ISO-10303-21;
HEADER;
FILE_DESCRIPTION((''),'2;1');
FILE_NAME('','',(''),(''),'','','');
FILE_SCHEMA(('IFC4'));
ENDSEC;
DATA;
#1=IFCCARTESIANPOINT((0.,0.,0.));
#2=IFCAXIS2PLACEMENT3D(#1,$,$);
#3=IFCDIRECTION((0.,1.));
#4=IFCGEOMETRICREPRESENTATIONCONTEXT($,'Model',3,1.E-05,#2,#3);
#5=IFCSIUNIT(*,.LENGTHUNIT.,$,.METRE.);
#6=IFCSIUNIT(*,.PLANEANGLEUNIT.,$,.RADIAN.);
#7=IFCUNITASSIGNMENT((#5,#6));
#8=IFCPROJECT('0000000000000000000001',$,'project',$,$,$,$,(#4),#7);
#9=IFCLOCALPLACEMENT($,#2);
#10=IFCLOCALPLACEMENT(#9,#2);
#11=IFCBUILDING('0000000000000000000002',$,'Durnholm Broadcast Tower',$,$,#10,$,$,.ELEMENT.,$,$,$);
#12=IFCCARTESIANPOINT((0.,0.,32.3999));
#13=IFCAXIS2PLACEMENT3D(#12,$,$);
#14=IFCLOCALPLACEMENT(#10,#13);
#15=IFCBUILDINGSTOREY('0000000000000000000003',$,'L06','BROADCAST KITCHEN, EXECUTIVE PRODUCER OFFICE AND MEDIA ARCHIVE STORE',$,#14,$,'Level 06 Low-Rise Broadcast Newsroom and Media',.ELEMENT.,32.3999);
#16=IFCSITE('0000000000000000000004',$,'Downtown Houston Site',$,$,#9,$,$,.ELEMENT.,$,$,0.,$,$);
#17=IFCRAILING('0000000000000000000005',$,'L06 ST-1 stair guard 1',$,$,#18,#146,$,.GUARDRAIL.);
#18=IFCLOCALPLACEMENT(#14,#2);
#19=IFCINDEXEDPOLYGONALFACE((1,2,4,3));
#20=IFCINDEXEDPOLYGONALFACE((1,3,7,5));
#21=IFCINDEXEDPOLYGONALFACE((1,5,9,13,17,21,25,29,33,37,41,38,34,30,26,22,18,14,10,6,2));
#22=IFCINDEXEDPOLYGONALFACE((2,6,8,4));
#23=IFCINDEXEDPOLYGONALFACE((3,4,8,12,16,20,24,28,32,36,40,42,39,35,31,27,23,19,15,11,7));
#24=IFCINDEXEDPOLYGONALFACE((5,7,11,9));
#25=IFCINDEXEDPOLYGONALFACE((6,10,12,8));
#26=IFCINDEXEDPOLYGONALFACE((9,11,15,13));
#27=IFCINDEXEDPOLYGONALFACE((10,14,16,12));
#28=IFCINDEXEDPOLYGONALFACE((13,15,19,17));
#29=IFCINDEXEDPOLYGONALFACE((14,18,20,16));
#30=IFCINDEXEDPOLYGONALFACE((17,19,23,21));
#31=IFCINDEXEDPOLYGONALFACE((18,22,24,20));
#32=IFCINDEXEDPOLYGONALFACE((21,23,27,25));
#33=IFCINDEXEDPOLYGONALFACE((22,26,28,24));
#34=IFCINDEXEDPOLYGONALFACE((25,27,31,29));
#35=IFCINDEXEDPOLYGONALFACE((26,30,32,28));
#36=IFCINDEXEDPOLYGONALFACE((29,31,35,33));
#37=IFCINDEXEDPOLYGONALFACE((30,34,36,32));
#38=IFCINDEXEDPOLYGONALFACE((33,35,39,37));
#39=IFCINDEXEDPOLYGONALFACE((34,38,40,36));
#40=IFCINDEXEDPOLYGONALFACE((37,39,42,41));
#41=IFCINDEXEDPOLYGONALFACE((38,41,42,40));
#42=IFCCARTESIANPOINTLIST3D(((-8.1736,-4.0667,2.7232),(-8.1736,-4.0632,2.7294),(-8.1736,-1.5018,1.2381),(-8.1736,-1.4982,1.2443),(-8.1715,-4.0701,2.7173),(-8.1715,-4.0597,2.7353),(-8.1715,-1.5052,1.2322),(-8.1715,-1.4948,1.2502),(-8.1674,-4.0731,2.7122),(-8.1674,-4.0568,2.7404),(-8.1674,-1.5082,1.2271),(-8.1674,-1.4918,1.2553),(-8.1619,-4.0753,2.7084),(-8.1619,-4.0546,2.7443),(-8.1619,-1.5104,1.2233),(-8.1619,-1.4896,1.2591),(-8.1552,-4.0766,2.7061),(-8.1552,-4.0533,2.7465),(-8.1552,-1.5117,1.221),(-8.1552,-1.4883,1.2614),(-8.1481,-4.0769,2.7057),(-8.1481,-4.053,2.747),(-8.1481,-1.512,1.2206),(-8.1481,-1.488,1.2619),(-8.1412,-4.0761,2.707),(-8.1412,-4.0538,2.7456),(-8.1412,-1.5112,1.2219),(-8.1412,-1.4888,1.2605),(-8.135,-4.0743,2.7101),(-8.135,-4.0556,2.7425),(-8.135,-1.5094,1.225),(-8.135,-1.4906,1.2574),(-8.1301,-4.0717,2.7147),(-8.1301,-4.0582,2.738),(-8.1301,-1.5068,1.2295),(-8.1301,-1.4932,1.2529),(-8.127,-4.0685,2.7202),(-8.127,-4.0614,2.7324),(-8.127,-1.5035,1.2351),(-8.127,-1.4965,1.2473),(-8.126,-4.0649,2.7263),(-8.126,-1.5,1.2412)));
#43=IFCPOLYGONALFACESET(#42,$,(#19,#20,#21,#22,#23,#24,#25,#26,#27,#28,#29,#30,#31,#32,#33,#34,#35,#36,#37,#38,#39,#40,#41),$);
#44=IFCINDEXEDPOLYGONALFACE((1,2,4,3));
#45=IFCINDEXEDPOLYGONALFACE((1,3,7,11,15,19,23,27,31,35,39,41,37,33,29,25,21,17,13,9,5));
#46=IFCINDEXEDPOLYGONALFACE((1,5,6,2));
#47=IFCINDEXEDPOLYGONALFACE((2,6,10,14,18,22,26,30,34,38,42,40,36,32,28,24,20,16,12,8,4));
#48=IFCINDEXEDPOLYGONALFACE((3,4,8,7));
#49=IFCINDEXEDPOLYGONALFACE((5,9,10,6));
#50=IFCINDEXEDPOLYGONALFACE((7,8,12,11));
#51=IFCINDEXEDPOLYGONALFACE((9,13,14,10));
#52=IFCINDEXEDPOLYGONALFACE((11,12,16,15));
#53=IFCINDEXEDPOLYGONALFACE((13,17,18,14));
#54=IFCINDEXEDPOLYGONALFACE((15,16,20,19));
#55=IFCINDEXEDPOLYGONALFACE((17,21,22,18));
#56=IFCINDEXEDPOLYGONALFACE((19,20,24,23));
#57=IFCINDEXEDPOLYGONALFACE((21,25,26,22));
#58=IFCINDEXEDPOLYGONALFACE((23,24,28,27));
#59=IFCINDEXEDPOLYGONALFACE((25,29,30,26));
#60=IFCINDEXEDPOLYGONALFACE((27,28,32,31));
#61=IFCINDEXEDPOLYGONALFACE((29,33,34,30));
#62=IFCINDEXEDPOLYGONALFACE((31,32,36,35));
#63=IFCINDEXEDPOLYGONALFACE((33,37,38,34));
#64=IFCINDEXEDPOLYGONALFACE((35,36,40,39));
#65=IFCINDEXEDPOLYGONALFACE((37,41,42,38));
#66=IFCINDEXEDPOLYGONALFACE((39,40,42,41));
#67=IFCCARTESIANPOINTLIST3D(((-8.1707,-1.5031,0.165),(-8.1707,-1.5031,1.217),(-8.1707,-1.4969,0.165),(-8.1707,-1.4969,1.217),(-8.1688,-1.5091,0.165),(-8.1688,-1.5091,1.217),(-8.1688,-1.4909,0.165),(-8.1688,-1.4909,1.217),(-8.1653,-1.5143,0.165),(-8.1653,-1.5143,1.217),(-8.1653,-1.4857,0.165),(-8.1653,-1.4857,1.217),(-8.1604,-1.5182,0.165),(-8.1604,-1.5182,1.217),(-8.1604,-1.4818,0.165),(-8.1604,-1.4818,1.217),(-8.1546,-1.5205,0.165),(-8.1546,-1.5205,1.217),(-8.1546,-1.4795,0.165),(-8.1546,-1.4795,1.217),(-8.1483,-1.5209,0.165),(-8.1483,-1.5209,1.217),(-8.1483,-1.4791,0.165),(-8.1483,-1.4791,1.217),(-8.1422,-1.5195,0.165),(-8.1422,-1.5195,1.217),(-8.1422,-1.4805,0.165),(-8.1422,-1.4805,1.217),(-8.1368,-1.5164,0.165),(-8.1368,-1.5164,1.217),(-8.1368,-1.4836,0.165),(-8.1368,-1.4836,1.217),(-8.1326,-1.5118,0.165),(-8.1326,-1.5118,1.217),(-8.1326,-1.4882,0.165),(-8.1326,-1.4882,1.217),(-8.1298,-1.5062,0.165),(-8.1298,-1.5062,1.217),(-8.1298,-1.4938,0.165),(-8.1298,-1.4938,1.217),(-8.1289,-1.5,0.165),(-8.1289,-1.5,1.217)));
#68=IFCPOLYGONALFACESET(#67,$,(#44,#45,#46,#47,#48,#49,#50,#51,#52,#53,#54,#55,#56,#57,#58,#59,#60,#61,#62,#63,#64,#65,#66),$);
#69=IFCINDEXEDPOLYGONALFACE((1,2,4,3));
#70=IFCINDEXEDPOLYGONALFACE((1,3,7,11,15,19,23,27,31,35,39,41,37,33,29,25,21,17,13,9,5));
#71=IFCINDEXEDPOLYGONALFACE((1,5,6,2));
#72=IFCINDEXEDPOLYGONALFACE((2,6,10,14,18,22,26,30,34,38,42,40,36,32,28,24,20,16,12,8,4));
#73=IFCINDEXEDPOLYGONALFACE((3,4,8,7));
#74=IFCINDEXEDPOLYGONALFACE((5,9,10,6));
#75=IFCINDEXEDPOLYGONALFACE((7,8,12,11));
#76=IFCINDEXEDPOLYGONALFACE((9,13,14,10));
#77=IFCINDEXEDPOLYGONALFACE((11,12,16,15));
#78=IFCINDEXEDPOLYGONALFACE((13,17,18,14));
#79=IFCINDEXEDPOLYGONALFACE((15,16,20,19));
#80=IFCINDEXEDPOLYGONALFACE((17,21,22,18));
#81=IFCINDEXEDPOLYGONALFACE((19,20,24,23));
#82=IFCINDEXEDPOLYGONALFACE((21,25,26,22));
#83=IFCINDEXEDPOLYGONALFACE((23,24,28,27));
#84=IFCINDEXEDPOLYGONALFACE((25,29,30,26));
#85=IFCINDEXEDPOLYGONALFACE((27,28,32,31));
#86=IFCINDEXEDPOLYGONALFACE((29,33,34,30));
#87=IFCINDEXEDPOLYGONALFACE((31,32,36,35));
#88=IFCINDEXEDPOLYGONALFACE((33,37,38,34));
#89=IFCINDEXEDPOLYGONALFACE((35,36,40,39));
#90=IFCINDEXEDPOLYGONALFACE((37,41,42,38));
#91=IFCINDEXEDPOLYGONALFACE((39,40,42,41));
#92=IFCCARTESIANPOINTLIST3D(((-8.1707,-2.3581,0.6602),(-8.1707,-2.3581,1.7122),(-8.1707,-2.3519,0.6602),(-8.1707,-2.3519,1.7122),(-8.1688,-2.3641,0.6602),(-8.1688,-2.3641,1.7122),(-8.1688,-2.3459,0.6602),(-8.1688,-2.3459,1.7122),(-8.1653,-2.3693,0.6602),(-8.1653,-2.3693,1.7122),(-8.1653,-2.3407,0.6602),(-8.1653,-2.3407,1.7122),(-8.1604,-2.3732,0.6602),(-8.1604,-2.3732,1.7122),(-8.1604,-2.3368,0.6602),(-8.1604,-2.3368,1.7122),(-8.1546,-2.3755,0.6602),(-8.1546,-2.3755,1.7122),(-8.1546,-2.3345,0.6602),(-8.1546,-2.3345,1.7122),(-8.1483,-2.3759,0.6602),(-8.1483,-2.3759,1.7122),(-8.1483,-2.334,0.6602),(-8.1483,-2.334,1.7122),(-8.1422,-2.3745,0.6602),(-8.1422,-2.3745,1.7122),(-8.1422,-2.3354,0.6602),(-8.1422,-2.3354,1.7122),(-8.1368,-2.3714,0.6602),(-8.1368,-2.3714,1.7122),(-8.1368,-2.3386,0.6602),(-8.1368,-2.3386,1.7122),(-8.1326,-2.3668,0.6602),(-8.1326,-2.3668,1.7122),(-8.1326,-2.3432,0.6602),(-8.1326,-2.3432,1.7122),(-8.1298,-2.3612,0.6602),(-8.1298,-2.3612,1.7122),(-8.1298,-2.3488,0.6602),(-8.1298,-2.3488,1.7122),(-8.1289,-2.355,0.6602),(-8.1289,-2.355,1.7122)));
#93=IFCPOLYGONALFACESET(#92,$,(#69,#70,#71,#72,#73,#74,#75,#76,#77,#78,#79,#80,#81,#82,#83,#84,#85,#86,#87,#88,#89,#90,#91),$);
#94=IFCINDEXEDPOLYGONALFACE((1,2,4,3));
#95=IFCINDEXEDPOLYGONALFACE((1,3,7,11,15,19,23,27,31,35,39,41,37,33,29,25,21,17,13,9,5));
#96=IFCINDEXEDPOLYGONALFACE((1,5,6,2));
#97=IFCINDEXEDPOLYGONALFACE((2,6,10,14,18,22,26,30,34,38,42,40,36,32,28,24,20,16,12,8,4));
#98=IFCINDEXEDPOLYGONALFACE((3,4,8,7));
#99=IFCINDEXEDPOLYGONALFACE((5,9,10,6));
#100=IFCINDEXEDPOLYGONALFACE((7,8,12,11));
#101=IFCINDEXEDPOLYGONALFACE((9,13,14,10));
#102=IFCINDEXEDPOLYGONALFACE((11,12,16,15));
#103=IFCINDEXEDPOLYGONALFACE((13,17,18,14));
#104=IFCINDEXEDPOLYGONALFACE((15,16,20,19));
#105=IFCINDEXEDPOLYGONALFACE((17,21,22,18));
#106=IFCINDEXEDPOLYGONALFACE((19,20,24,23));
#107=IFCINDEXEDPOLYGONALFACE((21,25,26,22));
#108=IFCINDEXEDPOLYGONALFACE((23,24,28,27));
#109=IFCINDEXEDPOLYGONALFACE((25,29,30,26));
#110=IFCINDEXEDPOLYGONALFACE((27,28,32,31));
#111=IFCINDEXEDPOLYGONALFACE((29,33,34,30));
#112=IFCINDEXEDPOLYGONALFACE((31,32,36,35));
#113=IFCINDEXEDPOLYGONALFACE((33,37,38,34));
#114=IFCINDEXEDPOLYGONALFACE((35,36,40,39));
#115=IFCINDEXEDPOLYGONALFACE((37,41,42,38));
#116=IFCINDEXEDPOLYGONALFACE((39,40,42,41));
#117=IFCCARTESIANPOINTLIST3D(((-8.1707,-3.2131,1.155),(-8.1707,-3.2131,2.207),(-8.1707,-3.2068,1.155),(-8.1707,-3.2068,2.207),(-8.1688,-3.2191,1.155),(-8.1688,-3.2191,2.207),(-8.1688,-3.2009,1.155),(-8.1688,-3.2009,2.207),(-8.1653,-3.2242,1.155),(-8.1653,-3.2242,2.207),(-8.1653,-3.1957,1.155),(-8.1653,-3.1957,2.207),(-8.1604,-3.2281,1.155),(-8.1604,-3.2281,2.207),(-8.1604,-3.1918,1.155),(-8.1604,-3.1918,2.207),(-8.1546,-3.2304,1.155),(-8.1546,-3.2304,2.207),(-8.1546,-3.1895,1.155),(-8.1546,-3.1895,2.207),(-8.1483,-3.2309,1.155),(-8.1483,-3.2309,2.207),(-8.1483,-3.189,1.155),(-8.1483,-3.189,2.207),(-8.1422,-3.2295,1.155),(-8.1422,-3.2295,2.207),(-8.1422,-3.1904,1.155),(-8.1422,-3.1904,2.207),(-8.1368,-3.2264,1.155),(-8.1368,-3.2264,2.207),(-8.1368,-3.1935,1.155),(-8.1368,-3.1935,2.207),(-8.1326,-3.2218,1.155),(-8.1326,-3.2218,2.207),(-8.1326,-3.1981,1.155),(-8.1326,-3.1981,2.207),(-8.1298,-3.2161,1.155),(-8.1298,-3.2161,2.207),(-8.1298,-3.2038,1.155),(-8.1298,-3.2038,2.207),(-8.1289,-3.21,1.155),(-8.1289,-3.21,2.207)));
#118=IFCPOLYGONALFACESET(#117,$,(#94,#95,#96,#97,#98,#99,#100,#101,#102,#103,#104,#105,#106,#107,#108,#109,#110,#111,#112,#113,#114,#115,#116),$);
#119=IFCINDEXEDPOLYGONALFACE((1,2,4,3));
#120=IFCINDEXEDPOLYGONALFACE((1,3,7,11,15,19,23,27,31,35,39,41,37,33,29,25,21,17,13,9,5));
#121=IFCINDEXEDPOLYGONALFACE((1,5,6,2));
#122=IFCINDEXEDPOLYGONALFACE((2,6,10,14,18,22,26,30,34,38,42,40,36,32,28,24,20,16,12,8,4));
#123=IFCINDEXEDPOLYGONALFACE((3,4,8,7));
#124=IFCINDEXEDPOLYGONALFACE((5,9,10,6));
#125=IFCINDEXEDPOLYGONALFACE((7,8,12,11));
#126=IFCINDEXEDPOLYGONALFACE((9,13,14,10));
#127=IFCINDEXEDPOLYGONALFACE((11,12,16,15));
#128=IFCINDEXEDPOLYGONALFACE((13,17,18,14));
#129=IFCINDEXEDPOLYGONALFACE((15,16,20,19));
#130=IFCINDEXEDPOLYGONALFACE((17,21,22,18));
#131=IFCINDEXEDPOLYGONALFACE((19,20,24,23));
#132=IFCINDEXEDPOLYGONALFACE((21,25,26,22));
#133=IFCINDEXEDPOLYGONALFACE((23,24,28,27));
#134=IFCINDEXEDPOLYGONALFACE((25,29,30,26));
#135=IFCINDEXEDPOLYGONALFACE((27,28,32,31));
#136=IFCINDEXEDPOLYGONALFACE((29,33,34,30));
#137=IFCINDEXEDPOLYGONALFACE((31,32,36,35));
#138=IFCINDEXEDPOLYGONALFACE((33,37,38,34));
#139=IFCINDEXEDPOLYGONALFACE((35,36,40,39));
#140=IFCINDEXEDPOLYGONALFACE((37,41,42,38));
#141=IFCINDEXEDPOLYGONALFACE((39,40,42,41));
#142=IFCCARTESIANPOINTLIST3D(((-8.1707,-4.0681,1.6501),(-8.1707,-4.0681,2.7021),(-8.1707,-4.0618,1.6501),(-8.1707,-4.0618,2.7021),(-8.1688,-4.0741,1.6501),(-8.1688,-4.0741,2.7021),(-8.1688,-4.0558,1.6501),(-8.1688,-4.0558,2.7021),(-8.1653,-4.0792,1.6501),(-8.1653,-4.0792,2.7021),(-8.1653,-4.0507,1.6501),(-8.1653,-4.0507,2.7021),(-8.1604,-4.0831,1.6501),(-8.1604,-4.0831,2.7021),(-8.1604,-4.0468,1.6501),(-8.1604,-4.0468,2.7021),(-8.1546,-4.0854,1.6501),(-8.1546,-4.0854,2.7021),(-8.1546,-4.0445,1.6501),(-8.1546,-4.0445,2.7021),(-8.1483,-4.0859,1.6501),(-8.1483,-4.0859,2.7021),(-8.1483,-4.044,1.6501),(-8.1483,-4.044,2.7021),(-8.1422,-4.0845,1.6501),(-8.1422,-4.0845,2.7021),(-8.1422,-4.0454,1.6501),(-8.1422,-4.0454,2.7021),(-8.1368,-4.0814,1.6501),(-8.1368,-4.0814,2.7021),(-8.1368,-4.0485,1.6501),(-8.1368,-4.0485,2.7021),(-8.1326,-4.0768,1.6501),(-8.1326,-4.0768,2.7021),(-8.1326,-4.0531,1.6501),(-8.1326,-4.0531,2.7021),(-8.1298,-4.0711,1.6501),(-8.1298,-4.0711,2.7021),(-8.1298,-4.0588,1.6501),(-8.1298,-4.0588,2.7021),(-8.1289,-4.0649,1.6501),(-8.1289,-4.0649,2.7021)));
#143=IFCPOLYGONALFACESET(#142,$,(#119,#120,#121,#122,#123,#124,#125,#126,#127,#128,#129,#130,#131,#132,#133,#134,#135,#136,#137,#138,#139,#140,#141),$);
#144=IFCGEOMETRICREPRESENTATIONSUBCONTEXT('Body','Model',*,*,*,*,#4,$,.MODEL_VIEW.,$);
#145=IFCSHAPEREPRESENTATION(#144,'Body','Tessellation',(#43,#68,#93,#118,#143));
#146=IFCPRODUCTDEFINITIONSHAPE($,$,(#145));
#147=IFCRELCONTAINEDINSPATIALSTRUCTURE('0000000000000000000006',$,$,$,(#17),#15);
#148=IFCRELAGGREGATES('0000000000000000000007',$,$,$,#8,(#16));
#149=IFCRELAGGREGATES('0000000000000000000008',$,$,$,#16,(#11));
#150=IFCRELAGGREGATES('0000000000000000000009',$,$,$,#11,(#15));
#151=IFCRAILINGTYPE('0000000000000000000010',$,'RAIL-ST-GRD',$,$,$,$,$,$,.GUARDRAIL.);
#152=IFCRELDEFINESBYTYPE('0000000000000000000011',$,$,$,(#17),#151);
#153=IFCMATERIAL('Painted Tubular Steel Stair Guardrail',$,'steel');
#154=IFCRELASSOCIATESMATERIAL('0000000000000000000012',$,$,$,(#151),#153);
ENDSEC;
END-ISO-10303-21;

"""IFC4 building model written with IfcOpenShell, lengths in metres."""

from ifc_helpers import new_model, si_unit, direction, frame, origin, origin_2d, place, context, subcontext, project, spatial, circle, extrude, material, type_object, element, save


model = new_model("IFC4")

# Units and contexts
model_context = context("Model", 3, precision=1e-05, world=origin(), true_north=direction((0.0, 1.0)))
body_context = subcontext(model_context, "Body", "Model", "MODEL_VIEW")
ifc_project = project(units=[si_unit("LENGTHUNIT", "METRE"), si_unit("PLANEANGLEUNIT", "RADIAN")], contexts=[model_context])

# Site, building, storey
site_placement = place(None, origin())
site = spatial("IfcSite", under=ifc_project, at=site_placement, Name="Downtown Houston Site", CompositionType="ELEMENT", RefElevation=0.0)
building_placement = place(site_placement, origin())
building = spatial("IfcBuilding", under=site, at=building_placement, Name="Durnholm Broadcast Tower", CompositionType="ELEMENT")
storey_placement = place(building_placement, frame((0.0, 0.0, 32.3999)))
storey = spatial("IfcBuildingStorey", under=building, at=storey_placement, Name="L06", Description="BROADCAST KITCHEN, EXECUTIVE PRODUCER OFFICE AND MEDIA ARCHIVE STORE", LongName="Level 06 Low-Rise Broadcast Newsroom and Media", CompositionType="ELEMENT", Elevation=32.3999)

# Railing
ifc_material_1 = material(Name="Painted Tubular Steel Stair Guardrail", Category="steel")
railing_type_1 = type_object("IfcRailingType", Name="RAIL-ST-GRD", PredefinedType="GUARDRAIL", material=ifc_material_1)
railing_1_placement = place(storey_placement, frame((-8.1499, -1.5, 0.165)))
element("IfcRailing", 1, at=railing_1_placement, inside=storey, type_object=railing_type_1, Name="L06 ST-1 stair guard 1", PredefinedType="GUARDRAIL", context=body_context, shape_type="SweptSolid", body=[
    extrude(circle(Radius=0.0239, at=origin_2d()), frame((0.0, 0.0, 1.0762), z_axis=(0.0, -0.865406, 0.501072), x_axis=(1.0, 0.0, 0.0)), (0.0, 0.0, 1.0), 2.9639),
    extrude(circle(Radius=0.021, at=origin_2d()), origin(), (0.0, 0.0, 1.0), 1.052),
    extrude(circle(Radius=0.021, at=origin_2d()), frame((0.0, -0.855, 0.4951)), (0.0, 0.0, 1.0), 1.052),
    extrude(circle(Radius=0.021, at=origin_2d()), frame((0.0, -1.71, 0.99)), (0.0, 0.0, 1.0), 1.052),
    extrude(circle(Radius=0.021, at=origin_2d()), frame((0.0, -2.5649, 1.4851)), (0.0, 0.0, 1.0), 1.052),
])

save(model, "model.ifc")
